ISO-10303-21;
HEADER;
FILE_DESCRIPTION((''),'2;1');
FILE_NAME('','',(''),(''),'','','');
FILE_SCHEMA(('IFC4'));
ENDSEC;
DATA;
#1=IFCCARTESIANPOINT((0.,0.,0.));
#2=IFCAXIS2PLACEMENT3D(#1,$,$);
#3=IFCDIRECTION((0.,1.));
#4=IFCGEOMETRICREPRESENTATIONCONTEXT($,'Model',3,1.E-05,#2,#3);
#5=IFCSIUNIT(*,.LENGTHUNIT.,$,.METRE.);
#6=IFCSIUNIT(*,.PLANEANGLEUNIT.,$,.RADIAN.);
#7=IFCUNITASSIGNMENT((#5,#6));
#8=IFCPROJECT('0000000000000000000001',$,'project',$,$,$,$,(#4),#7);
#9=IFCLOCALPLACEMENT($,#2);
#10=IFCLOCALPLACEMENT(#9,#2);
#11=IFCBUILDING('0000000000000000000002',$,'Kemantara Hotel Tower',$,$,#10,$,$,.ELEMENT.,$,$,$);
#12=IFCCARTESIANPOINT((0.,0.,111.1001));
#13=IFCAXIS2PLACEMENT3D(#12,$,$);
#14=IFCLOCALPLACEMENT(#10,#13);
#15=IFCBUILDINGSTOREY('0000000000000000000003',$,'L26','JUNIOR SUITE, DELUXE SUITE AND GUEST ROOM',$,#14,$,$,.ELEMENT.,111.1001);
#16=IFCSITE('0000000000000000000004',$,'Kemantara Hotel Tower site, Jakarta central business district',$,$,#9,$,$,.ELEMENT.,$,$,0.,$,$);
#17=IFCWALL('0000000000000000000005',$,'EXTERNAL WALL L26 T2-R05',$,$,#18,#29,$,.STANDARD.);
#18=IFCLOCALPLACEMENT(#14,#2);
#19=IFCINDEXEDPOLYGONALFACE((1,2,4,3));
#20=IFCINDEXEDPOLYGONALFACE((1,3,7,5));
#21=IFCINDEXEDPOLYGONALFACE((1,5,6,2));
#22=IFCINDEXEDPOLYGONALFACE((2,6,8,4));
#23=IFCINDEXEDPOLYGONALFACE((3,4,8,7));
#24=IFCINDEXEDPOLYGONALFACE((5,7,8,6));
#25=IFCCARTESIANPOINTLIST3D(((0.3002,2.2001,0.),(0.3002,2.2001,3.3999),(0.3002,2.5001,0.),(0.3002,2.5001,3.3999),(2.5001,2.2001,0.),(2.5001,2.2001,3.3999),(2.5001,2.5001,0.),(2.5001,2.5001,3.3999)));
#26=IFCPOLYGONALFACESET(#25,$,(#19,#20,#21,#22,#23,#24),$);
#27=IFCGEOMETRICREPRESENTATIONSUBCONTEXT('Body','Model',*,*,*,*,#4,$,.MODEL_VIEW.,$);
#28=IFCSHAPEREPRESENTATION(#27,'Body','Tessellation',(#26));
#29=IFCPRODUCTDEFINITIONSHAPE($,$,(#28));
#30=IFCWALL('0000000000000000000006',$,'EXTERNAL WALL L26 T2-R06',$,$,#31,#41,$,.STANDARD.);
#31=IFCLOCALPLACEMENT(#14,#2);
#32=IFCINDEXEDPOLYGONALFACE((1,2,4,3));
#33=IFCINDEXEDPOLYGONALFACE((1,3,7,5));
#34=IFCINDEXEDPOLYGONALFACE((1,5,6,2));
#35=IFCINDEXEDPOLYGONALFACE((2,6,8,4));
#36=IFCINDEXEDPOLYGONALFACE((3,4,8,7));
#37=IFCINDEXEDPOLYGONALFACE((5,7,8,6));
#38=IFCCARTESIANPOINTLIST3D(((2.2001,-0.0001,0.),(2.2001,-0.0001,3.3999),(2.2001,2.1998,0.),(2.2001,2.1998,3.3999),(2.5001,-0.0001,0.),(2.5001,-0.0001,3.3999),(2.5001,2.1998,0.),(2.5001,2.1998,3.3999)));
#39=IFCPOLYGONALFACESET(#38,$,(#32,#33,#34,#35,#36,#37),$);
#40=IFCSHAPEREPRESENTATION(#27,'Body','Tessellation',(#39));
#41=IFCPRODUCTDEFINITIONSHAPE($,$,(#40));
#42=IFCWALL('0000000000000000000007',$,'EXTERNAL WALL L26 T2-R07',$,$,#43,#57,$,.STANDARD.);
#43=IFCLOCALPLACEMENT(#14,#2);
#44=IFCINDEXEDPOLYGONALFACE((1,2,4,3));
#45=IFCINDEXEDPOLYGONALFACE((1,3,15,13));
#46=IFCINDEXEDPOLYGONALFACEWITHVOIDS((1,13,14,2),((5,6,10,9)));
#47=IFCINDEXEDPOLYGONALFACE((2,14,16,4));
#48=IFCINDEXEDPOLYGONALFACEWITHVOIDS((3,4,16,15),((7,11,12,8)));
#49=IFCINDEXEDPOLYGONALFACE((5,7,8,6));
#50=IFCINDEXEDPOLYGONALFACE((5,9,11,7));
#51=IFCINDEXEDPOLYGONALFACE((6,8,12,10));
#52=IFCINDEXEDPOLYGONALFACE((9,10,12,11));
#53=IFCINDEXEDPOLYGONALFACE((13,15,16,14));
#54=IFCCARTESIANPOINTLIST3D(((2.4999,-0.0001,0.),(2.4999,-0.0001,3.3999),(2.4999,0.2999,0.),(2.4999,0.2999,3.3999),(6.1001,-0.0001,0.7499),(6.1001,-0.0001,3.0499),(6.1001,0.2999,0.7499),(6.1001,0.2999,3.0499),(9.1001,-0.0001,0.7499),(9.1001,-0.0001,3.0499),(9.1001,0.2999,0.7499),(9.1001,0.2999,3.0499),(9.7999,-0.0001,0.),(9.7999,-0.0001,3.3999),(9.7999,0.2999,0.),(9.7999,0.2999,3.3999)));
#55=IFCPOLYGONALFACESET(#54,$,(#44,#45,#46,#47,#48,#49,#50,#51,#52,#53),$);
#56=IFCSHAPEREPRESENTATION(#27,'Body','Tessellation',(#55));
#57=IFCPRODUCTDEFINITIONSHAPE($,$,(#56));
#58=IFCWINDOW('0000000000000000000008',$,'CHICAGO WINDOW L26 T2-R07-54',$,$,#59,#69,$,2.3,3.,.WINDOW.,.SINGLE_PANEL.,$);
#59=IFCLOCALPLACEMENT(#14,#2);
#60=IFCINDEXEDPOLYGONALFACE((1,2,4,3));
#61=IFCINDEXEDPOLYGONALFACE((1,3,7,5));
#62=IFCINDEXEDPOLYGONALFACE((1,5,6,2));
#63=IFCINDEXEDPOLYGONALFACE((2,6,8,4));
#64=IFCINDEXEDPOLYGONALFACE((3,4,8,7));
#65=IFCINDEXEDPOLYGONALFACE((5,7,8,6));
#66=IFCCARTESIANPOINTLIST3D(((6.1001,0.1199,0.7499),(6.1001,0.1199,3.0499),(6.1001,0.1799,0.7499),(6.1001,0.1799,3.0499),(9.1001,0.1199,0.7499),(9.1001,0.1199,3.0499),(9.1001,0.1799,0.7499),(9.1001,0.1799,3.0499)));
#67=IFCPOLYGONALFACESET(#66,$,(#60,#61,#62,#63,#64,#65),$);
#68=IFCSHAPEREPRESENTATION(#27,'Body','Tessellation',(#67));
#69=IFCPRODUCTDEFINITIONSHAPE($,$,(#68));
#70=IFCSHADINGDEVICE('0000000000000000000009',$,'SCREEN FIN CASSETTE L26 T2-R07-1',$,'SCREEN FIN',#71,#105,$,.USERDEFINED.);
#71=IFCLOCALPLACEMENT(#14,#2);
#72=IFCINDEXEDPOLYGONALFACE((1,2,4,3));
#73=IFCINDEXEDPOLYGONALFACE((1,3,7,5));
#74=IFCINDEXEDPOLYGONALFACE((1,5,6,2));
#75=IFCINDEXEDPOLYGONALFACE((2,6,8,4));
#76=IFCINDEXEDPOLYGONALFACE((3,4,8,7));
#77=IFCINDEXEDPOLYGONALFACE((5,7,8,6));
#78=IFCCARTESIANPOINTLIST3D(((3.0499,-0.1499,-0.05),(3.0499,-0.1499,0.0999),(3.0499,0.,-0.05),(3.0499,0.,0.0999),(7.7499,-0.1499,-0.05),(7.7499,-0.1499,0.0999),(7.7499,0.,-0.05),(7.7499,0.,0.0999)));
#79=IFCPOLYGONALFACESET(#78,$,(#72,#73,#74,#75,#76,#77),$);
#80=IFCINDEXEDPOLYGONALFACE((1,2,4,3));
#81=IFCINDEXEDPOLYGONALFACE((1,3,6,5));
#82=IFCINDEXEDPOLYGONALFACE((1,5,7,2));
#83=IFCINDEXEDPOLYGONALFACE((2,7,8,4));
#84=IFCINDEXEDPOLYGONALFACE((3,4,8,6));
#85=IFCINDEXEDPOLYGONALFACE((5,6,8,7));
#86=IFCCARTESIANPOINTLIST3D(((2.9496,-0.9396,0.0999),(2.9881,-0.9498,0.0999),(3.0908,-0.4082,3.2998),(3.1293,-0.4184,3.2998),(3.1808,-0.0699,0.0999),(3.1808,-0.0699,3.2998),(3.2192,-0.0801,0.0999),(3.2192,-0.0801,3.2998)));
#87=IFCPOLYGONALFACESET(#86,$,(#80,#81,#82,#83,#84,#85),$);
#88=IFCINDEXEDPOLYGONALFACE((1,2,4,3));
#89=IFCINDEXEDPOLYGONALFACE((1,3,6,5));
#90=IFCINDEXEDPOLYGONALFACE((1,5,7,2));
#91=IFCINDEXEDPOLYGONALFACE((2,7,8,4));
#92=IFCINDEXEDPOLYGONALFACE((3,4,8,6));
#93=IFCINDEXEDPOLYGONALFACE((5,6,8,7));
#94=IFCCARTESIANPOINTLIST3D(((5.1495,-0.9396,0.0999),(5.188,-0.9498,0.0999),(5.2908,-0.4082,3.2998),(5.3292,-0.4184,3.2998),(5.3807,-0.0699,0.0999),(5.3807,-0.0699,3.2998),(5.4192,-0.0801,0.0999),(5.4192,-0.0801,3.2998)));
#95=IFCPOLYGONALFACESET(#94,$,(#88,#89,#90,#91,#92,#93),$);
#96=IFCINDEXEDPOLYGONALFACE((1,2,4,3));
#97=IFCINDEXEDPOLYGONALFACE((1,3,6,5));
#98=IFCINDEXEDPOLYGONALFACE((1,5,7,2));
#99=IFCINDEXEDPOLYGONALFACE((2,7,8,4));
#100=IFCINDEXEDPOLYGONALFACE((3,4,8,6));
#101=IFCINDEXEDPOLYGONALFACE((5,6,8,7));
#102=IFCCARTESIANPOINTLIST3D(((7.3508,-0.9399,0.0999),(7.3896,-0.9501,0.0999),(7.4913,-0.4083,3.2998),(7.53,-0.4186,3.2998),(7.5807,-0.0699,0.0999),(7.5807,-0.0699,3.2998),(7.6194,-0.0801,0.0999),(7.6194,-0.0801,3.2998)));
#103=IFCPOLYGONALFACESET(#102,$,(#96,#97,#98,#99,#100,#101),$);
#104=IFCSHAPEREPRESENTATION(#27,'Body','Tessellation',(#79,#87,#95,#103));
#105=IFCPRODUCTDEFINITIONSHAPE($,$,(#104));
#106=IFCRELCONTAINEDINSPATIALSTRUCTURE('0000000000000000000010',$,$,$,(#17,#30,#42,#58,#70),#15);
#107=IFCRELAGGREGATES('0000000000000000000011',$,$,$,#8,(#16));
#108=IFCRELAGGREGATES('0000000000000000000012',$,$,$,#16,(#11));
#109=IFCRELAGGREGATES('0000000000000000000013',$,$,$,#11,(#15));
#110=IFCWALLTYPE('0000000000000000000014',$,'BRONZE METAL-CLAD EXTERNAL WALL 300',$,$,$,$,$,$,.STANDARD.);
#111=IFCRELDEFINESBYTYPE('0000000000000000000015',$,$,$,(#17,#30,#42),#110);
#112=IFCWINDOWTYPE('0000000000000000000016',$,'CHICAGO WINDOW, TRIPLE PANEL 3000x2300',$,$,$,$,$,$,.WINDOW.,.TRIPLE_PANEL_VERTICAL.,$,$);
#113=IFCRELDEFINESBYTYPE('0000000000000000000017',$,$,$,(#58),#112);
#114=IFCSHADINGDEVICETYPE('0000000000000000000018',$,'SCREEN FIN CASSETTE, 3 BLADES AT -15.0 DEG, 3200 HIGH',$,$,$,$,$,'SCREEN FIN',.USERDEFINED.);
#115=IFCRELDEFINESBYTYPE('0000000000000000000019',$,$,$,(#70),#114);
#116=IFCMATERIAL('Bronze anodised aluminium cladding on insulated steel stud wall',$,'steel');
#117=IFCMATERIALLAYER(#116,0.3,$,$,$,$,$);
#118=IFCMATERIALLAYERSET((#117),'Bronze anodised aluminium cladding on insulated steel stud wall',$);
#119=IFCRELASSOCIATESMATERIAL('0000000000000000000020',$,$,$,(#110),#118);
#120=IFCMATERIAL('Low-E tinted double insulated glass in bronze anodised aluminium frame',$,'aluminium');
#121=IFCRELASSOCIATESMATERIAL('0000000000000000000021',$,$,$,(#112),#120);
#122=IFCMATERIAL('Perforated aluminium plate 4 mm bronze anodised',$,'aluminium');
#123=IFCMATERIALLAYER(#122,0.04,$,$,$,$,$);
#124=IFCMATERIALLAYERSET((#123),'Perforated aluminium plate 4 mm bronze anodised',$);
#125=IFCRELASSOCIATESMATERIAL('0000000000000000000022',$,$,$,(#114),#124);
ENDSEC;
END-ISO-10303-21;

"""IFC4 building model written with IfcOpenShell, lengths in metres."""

from ifc_helpers import new_model, si_unit, direction, frame, frame_2d, origin, origin_2d, place, context, subcontext, project, spatial, polyline, rectangle, outline, extrude, source, transform, mapped, material, layer, layer_set, type_object, element, fill, save


model = new_model("IFC4")

# Units and contexts
model_context = context("Model", 3, precision=1e-05, world=origin(), true_north=direction((0.0, 1.0)))
body_context = subcontext(model_context, "Body", "Model", "MODEL_VIEW")
ifc_project = project(units=[si_unit("LENGTHUNIT", "METRE"), si_unit("PLANEANGLEUNIT", "RADIAN")], contexts=[model_context])

# Site, building, storey
site_placement = place(None, origin())
site = spatial("IfcSite", under=ifc_project, at=site_placement, Name="Kemantara Hotel Tower site, Jakarta central business district", CompositionType="ELEMENT", RefElevation=0.0)
building_placement = place(site_placement, origin())
building = spatial("IfcBuilding", under=site, at=building_placement, Name="Kemantara Hotel Tower", CompositionType="ELEMENT")
storey_placement = place(building_placement, frame((0.0, 0.0, 111.1001)))
storey = spatial("IfcBuildingStorey", under=building, at=storey_placement, Name="L26", Description="JUNIOR SUITE, DELUXE SUITE AND GUEST ROOM", CompositionType="ELEMENT", Elevation=111.1001)

# Walls
ifc_material_1 = material(Name="Bronze anodised aluminium cladding on insulated steel stud wall", Category="steel")
ifc_layer_1 = layer(ifc_material_1, 0.3)
ifc_layer_set_1 = layer_set([ifc_layer_1], Name="Bronze anodised aluminium cladding on insulated steel stud wall")
wall_type = type_object("IfcWallType", Name="BRONZE METAL-CLAD EXTERNAL WALL 300", PredefinedType="STANDARD", material=ifc_layer_set_1)
for number, where, z_axis, x_axis, name in (
    (1, (0.3, 2.3501, 0.0), (0.0, 0.0, 1.0), (1.0, 0.0, 0.0), "EXTERNAL WALL L26 T2-R05"),
    (2, (2.3501, 2.2, 0.0), (0.0, 0.0, 1.0), (0.0, -1.0, 0.0), "EXTERNAL WALL L26 T2-R06"),
):
    element("IfcWall", number, at=place(storey_placement, frame(where, z_axis=z_axis, x_axis=x_axis)), inside=storey, type_object=wall_type, Name=name, PredefinedType="STANDARD", context=body_context, shape_type="SweptSolid", body=[
        extrude(rectangle(XDim=2.2, YDim=0.3, at=frame_2d((1.1001, 0.0))), origin(), (0.0, 0.0, 1.0), 3.3999),
    ])

# Wall, opening, window
wall_placement = place(storey_placement, frame((2.5, 0.1499, 0.0), z_axis=(0.0, 0.0, 1.0), x_axis=(1.0, 0.0, 0.0)))
wall = element("IfcWall", 3, at=wall_placement, inside=storey, type_object=wall_type, Name="EXTERNAL WALL L26 T2-R07", PredefinedType="STANDARD", context=body_context, shape_type="SweptSolid", body=[
    extrude(rectangle(XDim=7.3, YDim=0.3, at=frame_2d((3.6499, 0.0))), origin(), (0.0, 0.0, 1.0), 3.3999),
])
opening_placement = place(wall_placement, frame((3.6001, 0.0, 0.75)))
opening = element("IfcOpeningElement", 4, at=opening_placement, cuts=wall, PredefinedType="OPENING", context=body_context, shape_type="SweptSolid", body=[
    extrude(rectangle(XDim=3.0, YDim=2.3, at=frame_2d((1.5, 1.1499))), frame((0.0, 0.1599, 0.0), z_axis=(0.0, -1.0, 0.0), x_axis=(1.0, 0.0, 0.0)), (0.0, 0.0, 1.0), 0.3201),
])
ifc_material_2 = material(Name="Low-E tinted double insulated glass in bronze anodised aluminium frame", Category="aluminium")
window_type = type_object("IfcWindowType", Name="CHICAGO WINDOW, TRIPLE PANEL 3000x2300", PartitioningType="TRIPLE_PANEL_VERTICAL", PredefinedType="WINDOW", material=ifc_material_2)
window_placement = place(opening_placement, origin())
window = element("IfcWindow", 5, at=window_placement, inside=storey, type_object=window_type, Name="CHICAGO WINDOW L26 T2-R07-54", OverallHeight=2.3, OverallWidth=3.0, PartitioningType="SINGLE_PANEL", PredefinedType="WINDOW", context=body_context, shape_type="SweptSolid", body=[
    extrude(rectangle(XDim=3.0, YDim=2.3, at=frame_2d((1.5, 1.1499))), frame((0.0, 0.03, 0.0), z_axis=(0.0, -1.0, 0.0), x_axis=(1.0, 0.0, 0.0)), (0.0, 0.0, 1.0), 0.0601),
])
fill(opening, window)

# Shading device
ifc_material_3 = material(Name="Perforated aluminium plate 4 mm bronze anodised", Category="aluminium")
ifc_layer_2 = layer(ifc_material_3, 0.04)
ifc_layer_set_2 = layer_set([ifc_layer_2], Name="Perforated aluminium plate 4 mm bronze anodised")
shading_device_type = type_object("IfcShadingDeviceType", Name="SCREEN FIN CASSETTE, 3 BLADES AT -15.0 DEG, 3200 HIGH", ElementType="SCREEN FIN", PredefinedType="USERDEFINED", material=ifc_layer_set_2)
shared_shape = source(origin(), body_context, "Body", "SweptSolid", [
    extrude(rectangle(XDim=4.7, YDim=0.1499, at=origin_2d()), frame((2.2, -0.075, -0.1499), z_axis=(0.0, 0.0, 1.0), x_axis=(1.0, 0.0, 0.0)), (0.0, 0.0, 1.0), 0.1499),
    extrude(outline(polyline([(0.0, 0.0), (0.8999, 0.0), (0.3501, 3.2), (0.0, 3.2), (0.0, 0.0)])), frame((0.0193, -0.0801, 0.0), z_axis=(-0.966438, 0.256901, 0.0), x_axis=(-0.256901, -0.966438, 0.0)), (0.0, 0.0, 1.0), 0.0398),
    extrude(outline(polyline([(0.0, 0.0), (0.8999, 0.0), (0.3501, 3.2), (0.0, 3.2), (0.0, 0.0)])), frame((2.2192, -0.0801, 0.0), z_axis=(-0.966438, 0.256901, 0.0), x_axis=(-0.256901, -0.966438, 0.0)), (0.0, 0.0, 1.0), 0.0398),
    extrude(outline(polyline([(0.0, 0.0), (0.8999, 0.0), (0.3501, 3.2), (0.0, 3.2), (0.0, 0.0)])), frame((4.4194, -0.0801, 0.0), z_axis=(-0.966838, 0.255391, 0.0), x_axis=(-0.255391, -0.966838, 0.0)), (0.0, 0.0, 1.0), 0.04),
])
shading_device_placement = place(storey_placement, frame((3.2, 0.0, 0.0999), z_axis=(0.0, 0.0, 1.0), x_axis=(1.0, 0.0, 0.0)))
element("IfcShadingDevice", 6, at=shading_device_placement, inside=storey, type_object=shading_device_type, Name="SCREEN FIN CASSETTE L26 T2-R07-1", ObjectType="SCREEN FIN", PredefinedType="USERDEFINED", context=body_context, shape_type="MappedRepresentation", body=[
    mapped(shared_shape, transform((0.0, 0.0, 0.0))),
])

save(model, "model.ifc")
